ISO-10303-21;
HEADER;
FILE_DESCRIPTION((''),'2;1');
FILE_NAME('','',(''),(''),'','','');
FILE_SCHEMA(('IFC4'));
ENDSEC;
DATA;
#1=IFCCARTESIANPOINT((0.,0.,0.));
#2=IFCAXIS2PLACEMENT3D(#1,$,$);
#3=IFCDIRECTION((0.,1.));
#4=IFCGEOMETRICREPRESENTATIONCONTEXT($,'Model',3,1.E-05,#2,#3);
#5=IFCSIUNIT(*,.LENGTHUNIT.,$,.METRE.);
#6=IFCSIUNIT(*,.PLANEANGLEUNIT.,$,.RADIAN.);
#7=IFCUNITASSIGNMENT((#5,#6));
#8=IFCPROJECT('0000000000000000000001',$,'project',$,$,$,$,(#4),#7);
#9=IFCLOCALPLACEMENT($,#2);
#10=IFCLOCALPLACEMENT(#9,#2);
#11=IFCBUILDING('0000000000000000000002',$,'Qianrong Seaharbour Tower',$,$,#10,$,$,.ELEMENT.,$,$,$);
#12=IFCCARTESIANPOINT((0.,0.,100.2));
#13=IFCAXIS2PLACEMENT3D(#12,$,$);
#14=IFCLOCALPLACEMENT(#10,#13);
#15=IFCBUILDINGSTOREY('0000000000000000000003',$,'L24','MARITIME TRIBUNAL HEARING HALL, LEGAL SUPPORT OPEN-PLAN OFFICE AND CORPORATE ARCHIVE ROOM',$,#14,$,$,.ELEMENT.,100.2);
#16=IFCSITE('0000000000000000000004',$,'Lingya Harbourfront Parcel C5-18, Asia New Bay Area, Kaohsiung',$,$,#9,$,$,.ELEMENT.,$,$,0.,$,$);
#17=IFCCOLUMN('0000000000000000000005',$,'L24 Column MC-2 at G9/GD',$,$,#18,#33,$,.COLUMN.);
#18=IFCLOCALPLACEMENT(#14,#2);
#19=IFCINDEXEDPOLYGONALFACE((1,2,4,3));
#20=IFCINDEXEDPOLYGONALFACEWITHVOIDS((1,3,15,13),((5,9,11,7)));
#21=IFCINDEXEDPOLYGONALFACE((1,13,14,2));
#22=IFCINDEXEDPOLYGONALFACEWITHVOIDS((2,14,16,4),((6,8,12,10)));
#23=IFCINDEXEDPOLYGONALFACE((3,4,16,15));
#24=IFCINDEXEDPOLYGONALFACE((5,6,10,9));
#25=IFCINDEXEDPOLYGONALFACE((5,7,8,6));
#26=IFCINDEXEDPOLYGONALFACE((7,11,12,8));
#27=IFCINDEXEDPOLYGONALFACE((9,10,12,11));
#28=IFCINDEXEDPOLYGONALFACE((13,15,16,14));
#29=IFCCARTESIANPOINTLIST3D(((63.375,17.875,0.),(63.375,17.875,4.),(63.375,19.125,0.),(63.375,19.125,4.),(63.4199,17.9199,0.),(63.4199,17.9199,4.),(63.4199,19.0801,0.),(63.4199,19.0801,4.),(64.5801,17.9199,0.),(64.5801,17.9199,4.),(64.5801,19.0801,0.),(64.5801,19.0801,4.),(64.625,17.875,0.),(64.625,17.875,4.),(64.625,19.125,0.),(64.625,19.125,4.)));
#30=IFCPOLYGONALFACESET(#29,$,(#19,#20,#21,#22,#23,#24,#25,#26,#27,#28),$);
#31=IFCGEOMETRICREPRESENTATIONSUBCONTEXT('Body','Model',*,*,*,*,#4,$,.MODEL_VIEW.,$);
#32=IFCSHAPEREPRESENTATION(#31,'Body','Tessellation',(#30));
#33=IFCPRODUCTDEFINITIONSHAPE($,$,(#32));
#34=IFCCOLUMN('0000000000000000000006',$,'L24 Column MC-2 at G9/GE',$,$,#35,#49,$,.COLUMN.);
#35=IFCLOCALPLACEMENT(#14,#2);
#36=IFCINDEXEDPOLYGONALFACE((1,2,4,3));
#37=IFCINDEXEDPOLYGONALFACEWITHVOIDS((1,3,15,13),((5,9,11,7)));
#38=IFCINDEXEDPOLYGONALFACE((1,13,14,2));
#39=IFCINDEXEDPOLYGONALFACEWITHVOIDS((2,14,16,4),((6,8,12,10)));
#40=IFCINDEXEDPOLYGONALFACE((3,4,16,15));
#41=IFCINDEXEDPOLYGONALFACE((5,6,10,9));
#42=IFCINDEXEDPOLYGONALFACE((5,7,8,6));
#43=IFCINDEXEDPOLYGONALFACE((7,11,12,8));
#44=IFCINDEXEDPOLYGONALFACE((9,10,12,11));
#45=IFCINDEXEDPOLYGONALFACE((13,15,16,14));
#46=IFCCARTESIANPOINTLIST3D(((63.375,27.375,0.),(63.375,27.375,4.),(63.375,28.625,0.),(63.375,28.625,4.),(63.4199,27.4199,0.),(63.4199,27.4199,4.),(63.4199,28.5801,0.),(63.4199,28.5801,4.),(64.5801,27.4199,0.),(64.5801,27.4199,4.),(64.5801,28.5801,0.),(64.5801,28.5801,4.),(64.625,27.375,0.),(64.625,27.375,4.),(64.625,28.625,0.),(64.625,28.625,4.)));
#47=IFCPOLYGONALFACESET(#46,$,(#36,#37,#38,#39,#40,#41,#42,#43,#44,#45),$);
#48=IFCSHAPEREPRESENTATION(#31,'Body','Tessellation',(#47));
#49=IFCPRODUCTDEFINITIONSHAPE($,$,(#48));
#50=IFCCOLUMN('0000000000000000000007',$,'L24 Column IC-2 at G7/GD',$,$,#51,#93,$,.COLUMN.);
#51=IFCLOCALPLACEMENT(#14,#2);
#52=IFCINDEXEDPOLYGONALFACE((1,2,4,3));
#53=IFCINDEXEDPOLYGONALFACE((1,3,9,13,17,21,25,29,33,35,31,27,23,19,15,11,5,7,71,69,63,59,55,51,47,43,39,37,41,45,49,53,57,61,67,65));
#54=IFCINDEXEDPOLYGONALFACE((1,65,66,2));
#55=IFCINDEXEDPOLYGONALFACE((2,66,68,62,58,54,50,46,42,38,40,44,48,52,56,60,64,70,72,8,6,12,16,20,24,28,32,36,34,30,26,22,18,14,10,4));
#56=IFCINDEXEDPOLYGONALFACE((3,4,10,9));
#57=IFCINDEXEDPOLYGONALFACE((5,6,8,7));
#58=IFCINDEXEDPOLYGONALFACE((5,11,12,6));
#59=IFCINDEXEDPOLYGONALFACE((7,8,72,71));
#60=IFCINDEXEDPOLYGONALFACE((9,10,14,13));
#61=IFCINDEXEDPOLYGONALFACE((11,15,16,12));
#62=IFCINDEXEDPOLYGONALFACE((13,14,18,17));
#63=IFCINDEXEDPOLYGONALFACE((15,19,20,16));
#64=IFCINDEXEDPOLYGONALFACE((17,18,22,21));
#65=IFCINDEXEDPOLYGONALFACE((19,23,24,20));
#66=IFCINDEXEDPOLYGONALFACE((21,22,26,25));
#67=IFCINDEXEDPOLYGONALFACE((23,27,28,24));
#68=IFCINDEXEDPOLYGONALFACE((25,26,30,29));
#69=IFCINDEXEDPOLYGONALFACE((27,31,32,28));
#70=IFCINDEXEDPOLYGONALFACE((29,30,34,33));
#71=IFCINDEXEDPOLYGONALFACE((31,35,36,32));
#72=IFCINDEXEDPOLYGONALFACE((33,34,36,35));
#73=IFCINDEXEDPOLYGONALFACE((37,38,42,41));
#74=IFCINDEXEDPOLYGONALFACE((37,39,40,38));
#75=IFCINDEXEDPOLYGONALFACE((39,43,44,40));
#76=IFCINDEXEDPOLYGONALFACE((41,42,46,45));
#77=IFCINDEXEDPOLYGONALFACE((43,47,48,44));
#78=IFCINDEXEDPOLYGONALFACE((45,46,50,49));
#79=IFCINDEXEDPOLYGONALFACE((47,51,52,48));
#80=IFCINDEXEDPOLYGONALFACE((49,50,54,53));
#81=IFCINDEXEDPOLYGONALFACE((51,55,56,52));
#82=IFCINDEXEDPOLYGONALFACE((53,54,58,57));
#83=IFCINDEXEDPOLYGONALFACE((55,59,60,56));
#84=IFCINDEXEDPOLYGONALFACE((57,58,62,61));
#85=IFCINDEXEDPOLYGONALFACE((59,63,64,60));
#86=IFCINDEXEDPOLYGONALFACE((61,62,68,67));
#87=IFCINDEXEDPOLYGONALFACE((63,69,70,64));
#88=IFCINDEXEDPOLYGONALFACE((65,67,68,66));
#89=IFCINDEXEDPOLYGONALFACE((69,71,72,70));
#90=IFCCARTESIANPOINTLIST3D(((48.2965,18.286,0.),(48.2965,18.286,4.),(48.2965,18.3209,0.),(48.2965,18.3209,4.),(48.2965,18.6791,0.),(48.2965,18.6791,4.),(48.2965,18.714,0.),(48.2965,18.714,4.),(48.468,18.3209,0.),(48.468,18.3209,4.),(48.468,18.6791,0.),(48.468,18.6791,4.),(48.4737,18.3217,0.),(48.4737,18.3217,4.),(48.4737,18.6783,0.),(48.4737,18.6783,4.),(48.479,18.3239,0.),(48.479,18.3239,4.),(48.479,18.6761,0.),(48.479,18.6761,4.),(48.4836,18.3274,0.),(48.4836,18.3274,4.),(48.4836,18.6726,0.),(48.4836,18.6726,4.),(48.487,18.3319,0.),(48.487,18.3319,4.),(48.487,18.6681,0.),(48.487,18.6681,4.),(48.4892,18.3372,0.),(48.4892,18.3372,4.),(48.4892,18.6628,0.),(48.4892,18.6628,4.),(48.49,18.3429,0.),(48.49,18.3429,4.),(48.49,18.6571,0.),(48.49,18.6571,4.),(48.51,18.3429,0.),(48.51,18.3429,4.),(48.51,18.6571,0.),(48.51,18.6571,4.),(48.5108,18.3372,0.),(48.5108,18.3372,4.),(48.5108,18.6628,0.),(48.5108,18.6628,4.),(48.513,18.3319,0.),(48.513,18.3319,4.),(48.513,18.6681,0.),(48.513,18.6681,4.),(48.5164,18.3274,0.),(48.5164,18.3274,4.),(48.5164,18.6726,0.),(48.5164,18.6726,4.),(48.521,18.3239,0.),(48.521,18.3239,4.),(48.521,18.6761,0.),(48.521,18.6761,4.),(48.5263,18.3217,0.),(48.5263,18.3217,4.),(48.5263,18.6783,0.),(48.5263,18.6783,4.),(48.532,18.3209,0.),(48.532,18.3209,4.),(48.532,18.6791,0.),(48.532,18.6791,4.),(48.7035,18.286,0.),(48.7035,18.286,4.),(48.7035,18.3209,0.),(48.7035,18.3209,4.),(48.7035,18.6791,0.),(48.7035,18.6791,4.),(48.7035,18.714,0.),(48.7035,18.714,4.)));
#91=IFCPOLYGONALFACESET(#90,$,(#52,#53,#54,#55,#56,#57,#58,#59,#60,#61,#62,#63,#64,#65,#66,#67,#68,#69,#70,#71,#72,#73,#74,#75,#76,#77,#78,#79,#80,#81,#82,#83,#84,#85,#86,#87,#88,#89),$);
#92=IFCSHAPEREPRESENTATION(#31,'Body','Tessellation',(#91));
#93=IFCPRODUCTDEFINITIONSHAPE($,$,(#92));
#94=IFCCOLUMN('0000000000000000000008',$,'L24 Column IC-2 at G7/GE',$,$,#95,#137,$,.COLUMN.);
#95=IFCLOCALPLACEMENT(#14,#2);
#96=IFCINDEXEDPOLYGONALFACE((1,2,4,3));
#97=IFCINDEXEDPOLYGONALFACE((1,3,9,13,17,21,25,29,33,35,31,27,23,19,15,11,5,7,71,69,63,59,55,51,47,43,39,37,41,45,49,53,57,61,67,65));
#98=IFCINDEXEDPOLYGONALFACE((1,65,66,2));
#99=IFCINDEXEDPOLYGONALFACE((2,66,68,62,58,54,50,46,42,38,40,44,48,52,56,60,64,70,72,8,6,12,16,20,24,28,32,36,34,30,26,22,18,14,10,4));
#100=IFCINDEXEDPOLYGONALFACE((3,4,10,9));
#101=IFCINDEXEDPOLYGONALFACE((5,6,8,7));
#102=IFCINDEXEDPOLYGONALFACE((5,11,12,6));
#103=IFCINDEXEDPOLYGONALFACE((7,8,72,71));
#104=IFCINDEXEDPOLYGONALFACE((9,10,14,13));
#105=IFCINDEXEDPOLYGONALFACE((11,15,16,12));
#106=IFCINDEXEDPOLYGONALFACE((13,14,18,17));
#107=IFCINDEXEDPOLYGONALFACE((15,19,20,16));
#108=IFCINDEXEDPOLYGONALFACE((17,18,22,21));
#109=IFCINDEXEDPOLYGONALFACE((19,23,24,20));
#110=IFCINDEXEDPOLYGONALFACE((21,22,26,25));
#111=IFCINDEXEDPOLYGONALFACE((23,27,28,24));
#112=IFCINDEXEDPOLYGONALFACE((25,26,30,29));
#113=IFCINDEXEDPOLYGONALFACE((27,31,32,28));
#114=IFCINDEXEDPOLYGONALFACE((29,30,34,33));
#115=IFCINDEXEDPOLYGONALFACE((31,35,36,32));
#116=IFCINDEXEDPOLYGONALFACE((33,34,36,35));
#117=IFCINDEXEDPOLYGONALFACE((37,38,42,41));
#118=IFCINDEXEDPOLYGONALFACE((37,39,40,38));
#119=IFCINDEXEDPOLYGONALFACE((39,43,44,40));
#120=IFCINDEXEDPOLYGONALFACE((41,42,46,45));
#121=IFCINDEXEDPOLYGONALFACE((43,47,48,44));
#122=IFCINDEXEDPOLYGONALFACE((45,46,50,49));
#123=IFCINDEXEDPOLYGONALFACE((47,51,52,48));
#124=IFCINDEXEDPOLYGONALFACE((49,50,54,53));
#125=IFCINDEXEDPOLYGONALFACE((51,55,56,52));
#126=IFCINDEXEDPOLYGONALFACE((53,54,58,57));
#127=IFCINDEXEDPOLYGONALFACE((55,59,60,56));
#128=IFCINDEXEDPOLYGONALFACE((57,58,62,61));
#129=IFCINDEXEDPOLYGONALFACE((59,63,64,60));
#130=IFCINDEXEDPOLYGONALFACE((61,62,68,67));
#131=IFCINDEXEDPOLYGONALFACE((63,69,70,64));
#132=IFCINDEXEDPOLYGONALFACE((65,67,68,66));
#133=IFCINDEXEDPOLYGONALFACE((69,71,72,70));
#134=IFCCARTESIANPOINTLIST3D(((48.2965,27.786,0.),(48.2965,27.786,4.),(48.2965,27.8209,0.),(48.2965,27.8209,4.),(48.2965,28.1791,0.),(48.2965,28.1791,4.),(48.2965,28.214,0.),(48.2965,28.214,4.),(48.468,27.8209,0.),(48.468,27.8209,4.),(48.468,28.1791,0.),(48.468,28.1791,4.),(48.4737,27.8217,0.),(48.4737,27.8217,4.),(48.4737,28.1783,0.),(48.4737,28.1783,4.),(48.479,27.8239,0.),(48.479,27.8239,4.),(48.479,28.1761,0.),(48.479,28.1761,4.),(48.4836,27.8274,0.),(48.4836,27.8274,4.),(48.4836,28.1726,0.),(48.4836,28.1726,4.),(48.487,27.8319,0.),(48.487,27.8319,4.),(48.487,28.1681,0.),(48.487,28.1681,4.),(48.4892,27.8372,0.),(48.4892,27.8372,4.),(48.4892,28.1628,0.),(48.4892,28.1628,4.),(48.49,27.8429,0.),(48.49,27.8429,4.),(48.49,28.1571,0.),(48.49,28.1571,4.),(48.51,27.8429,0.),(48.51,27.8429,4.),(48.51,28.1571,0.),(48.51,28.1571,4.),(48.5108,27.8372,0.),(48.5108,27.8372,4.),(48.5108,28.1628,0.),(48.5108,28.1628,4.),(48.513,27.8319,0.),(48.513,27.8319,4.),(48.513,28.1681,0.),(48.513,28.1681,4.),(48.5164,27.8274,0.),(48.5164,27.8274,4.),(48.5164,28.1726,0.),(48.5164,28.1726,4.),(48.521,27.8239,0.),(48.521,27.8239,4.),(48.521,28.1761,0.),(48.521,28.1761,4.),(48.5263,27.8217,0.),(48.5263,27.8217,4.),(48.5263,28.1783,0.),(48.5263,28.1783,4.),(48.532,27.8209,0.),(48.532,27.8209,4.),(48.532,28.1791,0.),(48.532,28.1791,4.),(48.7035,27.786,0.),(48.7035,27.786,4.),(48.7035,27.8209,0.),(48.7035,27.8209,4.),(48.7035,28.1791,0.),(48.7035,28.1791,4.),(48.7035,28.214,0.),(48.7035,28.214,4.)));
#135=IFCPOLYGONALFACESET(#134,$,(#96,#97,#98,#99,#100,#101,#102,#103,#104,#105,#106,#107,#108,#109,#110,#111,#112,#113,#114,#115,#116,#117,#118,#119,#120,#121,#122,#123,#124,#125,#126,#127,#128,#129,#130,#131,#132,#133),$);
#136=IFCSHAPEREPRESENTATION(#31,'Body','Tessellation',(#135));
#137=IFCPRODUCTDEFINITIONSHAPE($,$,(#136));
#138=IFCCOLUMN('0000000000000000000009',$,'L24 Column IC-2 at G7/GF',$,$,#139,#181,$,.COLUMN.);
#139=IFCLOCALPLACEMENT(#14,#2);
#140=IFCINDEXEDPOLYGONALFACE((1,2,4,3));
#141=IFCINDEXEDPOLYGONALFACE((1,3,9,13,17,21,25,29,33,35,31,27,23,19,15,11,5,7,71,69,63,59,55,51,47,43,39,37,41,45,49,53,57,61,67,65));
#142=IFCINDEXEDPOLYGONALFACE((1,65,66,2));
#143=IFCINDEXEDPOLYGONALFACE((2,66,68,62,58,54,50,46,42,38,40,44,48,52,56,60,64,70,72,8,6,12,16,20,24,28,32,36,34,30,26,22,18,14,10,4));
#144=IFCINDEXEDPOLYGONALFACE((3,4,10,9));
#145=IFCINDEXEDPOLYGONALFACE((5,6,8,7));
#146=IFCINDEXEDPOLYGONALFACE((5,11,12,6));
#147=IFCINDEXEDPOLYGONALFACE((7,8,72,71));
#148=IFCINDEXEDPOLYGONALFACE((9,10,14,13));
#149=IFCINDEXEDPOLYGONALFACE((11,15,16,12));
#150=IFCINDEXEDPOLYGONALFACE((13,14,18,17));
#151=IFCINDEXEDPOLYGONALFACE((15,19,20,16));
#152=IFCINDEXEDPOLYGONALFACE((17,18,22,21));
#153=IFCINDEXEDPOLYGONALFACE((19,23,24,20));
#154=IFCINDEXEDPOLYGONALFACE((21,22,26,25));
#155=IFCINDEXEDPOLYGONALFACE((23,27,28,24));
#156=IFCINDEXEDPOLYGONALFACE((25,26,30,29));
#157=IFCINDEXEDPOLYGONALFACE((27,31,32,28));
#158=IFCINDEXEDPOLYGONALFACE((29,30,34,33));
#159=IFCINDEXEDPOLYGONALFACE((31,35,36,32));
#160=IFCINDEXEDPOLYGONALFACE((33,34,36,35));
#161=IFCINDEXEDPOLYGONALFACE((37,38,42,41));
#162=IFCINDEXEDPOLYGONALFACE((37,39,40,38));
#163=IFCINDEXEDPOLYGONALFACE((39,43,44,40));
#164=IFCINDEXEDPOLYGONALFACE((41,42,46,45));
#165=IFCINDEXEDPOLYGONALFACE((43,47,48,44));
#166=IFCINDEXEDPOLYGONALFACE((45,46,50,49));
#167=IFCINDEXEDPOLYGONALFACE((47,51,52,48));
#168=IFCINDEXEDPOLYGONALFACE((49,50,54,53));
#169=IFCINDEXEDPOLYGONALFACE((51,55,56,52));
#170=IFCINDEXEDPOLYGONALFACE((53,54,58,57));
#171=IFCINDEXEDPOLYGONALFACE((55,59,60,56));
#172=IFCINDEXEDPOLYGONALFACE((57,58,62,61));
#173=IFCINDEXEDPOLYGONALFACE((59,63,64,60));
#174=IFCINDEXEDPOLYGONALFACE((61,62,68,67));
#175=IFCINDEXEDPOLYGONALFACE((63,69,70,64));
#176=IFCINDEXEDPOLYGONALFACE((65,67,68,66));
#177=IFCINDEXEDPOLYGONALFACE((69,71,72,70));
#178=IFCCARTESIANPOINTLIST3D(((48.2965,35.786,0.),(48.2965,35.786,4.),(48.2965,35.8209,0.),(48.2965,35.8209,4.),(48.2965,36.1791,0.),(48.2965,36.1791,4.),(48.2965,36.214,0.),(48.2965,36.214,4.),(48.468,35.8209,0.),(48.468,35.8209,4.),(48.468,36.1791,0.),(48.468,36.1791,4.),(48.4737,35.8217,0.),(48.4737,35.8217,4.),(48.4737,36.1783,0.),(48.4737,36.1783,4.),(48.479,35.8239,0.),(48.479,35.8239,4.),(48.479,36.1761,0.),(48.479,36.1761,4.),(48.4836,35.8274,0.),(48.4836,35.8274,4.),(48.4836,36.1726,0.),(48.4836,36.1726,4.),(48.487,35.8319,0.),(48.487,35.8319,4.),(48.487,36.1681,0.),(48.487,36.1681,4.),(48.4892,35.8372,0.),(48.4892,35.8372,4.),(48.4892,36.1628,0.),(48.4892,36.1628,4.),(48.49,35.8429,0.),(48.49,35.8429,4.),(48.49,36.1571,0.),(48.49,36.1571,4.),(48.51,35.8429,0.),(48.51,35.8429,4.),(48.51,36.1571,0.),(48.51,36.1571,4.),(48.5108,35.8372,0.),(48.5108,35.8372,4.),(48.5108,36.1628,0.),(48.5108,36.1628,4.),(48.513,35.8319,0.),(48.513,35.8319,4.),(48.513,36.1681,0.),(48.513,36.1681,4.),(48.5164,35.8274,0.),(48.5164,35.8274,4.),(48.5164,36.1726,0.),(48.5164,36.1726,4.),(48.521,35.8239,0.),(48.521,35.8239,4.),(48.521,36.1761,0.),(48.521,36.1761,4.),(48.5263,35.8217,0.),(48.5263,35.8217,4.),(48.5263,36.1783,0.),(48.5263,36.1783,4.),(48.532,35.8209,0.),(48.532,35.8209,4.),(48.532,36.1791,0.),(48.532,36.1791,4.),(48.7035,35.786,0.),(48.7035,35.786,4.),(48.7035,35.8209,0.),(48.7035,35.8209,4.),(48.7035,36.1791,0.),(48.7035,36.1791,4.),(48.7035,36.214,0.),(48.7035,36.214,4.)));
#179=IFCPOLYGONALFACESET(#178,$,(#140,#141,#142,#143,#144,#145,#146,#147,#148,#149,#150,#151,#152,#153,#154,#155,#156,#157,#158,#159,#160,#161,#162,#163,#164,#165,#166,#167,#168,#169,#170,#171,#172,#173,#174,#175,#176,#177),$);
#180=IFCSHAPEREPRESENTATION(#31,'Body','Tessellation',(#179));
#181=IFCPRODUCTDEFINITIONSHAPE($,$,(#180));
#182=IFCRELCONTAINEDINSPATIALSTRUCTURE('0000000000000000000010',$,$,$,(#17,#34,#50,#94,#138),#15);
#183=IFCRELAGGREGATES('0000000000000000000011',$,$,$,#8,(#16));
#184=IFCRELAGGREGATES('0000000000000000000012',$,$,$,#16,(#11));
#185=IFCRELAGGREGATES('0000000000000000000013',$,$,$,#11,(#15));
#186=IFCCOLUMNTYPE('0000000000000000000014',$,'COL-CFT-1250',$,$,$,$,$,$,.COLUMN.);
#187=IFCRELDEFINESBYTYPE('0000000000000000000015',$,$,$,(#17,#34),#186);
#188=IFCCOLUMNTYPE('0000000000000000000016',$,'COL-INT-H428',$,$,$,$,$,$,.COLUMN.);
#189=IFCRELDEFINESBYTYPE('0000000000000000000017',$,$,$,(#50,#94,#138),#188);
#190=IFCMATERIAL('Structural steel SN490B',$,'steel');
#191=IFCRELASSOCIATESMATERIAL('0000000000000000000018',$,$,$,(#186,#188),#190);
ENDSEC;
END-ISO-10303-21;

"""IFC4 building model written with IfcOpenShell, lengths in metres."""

from ifc_helpers import new_model, si_unit, direction, frame, origin, origin_2d, place, context, subcontext, project, spatial, hollow_rectangle, i_section, extrude, material, material_profile, profile_set, type_object, element, save


model = new_model("IFC4")

# Units and contexts
model_context = context("Model", 3, precision=1e-05, world=origin(), true_north=direction((0.0, 1.0)))
body_context = subcontext(model_context, "Body", "Model", "MODEL_VIEW")
ifc_project = project(units=[si_unit("LENGTHUNIT", "METRE"), si_unit("PLANEANGLEUNIT", "RADIAN")], contexts=[model_context])

# Site, building, storey
site_placement = place(None, origin())
site = spatial("IfcSite", under=ifc_project, at=site_placement, Name="Lingya Harbourfront Parcel C5-18, Asia New Bay Area, Kaohsiung", CompositionType="ELEMENT", RefElevation=0.0)
building_placement = place(site_placement, origin())
building = spatial("IfcBuilding", under=site, at=building_placement, Name="Qianrong Seaharbour Tower", CompositionType="ELEMENT")
storey_placement = place(building_placement, frame((0.0, 0.0, 100.2)))
storey = spatial("IfcBuildingStorey", under=building, at=storey_placement, Name="L24", Description="MARITIME TRIBUNAL HEARING HALL, LEGAL SUPPORT OPEN-PLAN OFFICE AND CORPORATE ARCHIVE ROOM", CompositionType="ELEMENT", Elevation=100.2)

# Columns
ifc_material_1 = material(Name="Structural steel SN490B", Category="steel")
ifc_material_profile_1 = material_profile(ifc_material_1, hollow_rectangle(XDim=1.25, YDim=1.25, WallThickness=0.0449, at=origin_2d()), Name="BOX1250x1250x45")
ifc_profile_set_1 = profile_set([ifc_material_profile_1], Name="Structural steel SN490B")
column_type_1 = type_object("IfcColumnType", Name="COL-CFT-1250", PredefinedType="COLUMN", material=ifc_profile_set_1)
for number, where, z_axis, x_axis, name in (
    (1, (64.0, 18.5, 0.0), (0.0, 0.0, 1.0), (1.0, 0.0, 0.0), "L24 Column MC-2 at G9/GD"),
    (2, (64.0, 28.0, 0.0), (0.0, 0.0, 1.0), (1.0, 0.0, 0.0), "L24 Column MC-2 at G9/GE"),
):
    element("IfcColumn", number, at=place(storey_placement, frame(where, z_axis=z_axis, x_axis=x_axis)), inside=storey, type_object=column_type_1, Name=name, PredefinedType="COLUMN", context=body_context, shape_type="SweptSolid", body=[
        extrude(hollow_rectangle(XDim=1.25, YDim=1.25, WallThickness=0.0449, at=origin_2d()), origin(), (0.0, 0.0, 1.0), 4.0),
    ])
ifc_material_profile_2 = material_profile(ifc_material_1, i_section(OverallWidth=0.407, OverallDepth=0.428, WebThickness=0.02, FlangeThickness=0.0349, FilletRadius=0.022, at=origin_2d()), Name="H428x407x20x35")
ifc_profile_set_2 = profile_set([ifc_material_profile_2], Name="Structural steel SN490B")
column_type_2 = type_object("IfcColumnType", Name="COL-INT-H428", PredefinedType="COLUMN", material=ifc_profile_set_2)
for number, where, z_axis, x_axis, name in (
    (3, (48.5, 18.5, 0.0), (0.0, 0.0, 1.0), (1.0, 0.0, 0.0), "L24 Column IC-2 at G7/GD"),
    (4, (48.5, 28.0, 0.0), (0.0, 0.0, 1.0), (1.0, 0.0, 0.0), "L24 Column IC-2 at G7/GE"),
    (5, (48.5, 36.0, 0.0), (0.0, 0.0, 1.0), (1.0, 0.0, 0.0), "L24 Column IC-2 at G7/GF"),
):
    element("IfcColumn", number, at=place(storey_placement, frame(where, z_axis=z_axis, x_axis=x_axis)), inside=storey, type_object=column_type_2, Name=name, PredefinedType="COLUMN", context=body_context, shape_type="SweptSolid", body=[
        extrude(i_section(OverallWidth=0.407, OverallDepth=0.428, WebThickness=0.02, FlangeThickness=0.0349, FilletRadius=0.022, at=origin_2d()), origin(), (0.0, 0.0, 1.0), 4.0),
    ])

save(model, "model.ifc")
